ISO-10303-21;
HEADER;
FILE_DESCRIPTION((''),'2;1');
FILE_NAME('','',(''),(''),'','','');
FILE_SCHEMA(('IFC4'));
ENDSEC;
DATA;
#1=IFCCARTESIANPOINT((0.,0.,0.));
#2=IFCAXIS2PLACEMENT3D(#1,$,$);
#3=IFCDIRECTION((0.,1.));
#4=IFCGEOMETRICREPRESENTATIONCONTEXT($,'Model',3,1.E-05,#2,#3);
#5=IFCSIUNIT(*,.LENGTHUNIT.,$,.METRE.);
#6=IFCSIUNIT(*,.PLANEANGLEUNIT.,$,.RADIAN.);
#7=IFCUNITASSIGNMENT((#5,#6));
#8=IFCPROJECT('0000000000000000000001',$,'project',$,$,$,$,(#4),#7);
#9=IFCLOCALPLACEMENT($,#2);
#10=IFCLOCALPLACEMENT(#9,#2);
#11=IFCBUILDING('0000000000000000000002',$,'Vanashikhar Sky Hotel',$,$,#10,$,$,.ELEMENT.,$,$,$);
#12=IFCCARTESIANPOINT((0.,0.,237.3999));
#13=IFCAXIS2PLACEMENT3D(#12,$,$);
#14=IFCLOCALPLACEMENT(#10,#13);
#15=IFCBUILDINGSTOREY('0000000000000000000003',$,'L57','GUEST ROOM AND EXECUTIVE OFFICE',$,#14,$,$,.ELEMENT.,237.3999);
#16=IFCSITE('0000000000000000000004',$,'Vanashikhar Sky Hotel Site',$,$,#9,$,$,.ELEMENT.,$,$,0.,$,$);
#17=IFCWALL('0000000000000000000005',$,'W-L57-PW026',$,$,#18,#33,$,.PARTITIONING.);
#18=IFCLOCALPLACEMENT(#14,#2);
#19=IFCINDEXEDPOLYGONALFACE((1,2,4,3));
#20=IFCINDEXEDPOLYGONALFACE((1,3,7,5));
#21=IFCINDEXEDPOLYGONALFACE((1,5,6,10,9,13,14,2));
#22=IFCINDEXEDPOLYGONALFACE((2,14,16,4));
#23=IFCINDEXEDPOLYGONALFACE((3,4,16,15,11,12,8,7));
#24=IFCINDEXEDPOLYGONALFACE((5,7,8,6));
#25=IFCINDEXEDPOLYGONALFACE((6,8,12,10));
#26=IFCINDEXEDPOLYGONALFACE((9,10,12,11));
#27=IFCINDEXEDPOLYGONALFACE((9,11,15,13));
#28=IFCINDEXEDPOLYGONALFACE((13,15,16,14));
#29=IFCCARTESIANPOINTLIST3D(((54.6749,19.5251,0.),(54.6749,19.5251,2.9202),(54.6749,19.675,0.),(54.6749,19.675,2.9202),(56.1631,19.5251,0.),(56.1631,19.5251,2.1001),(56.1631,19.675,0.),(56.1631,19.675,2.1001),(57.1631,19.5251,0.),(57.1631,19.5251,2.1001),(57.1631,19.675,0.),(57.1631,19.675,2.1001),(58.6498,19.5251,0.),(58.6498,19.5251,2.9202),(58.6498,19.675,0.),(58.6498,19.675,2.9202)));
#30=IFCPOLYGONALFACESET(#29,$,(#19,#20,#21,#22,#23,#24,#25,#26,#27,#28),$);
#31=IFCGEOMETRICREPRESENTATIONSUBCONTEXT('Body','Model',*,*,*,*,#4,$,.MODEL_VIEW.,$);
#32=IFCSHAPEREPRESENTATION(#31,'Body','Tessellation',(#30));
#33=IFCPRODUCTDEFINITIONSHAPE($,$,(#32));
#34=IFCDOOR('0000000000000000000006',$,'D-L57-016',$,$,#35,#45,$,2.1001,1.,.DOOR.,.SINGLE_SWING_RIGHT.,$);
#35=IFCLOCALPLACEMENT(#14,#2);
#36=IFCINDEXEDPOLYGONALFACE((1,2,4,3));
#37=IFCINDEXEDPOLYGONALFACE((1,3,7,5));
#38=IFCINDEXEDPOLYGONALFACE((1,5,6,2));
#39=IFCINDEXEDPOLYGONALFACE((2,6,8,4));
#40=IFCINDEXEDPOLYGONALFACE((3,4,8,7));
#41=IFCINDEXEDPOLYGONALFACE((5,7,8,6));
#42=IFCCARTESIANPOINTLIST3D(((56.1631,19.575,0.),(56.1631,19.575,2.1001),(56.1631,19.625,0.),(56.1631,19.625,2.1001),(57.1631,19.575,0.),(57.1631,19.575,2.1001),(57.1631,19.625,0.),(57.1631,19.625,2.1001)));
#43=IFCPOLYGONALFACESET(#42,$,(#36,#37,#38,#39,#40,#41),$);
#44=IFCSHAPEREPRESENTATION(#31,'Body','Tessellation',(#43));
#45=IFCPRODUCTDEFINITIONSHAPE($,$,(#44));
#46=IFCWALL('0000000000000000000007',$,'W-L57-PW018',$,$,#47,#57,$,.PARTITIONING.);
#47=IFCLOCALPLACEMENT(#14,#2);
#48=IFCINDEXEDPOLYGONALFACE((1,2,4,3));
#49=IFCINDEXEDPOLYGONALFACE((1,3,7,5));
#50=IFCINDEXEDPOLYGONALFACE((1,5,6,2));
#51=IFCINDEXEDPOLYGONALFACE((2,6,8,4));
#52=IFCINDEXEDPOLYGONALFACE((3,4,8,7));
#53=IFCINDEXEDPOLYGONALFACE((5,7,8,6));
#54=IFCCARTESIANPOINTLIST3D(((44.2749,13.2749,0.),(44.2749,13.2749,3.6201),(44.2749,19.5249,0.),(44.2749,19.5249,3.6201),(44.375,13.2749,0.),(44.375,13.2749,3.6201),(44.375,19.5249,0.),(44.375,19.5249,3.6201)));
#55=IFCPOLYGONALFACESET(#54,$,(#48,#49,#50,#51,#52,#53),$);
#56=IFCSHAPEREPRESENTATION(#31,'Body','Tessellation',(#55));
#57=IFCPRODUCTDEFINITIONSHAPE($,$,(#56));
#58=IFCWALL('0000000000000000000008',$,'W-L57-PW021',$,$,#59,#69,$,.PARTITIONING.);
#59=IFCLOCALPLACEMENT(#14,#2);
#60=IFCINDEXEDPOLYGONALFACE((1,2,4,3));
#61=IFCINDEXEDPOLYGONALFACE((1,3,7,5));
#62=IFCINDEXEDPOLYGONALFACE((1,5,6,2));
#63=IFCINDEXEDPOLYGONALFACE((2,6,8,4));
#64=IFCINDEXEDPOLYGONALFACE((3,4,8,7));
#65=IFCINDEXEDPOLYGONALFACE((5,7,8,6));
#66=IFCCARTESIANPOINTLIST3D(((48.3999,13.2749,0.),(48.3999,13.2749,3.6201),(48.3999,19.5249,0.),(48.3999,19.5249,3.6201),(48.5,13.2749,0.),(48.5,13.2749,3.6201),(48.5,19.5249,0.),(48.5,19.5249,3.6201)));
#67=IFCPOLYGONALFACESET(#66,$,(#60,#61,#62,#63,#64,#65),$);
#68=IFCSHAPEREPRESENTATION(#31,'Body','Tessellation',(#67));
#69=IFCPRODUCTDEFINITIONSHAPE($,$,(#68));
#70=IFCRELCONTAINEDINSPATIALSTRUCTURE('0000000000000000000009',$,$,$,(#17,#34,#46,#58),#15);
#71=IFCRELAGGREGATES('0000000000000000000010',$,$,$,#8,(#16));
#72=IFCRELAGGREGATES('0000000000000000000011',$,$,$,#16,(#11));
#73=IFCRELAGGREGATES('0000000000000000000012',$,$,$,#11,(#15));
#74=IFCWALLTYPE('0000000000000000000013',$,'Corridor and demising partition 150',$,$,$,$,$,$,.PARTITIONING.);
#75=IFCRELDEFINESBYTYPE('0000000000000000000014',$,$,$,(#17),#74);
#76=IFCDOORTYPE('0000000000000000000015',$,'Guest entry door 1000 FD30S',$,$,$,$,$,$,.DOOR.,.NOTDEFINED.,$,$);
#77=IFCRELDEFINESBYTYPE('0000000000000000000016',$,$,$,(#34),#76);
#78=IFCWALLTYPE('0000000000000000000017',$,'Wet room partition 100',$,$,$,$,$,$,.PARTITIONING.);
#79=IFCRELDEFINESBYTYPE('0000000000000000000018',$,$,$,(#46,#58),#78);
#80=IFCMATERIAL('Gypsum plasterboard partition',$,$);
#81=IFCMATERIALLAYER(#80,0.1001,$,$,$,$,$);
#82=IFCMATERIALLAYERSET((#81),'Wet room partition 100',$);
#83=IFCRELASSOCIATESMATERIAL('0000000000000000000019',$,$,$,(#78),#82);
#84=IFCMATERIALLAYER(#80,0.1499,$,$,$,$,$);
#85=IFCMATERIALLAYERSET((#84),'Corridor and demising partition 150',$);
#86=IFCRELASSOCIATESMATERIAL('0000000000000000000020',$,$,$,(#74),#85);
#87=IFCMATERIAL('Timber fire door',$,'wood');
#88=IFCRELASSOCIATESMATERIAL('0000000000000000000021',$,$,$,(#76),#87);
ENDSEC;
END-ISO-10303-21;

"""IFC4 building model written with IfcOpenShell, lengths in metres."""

from ifc_helpers import new_model, si_unit, direction, frame, frame_2d, origin, place, context, subcontext, project, spatial, rectangle, extrude, source, transform, mapped, material, layer, layer_set, type_object, element, fill, save


model = new_model("IFC4")

# Units and contexts
model_context = context("Model", 3, precision=1e-05, world=origin(), true_north=direction((0.0, 1.0)))
body_context = subcontext(model_context, "Body", "Model", "MODEL_VIEW")
ifc_project = project(units=[si_unit("LENGTHUNIT", "METRE"), si_unit("PLANEANGLEUNIT", "RADIAN")], contexts=[model_context])

# Site, building, storey
site_placement = place(None, origin())
site = spatial("IfcSite", under=ifc_project, at=site_placement, Name="Vanashikhar Sky Hotel Site", CompositionType="ELEMENT", RefElevation=0.0)
building_placement = place(site_placement, origin())
building = spatial("IfcBuilding", under=site, at=building_placement, Name="Vanashikhar Sky Hotel", CompositionType="ELEMENT")
storey_placement = place(building_placement, frame((0.0, 0.0, 237.3999)))
storey = spatial("IfcBuildingStorey", under=building, at=storey_placement, Name="L57", Description="GUEST ROOM AND EXECUTIVE OFFICE", CompositionType="ELEMENT", Elevation=237.3999)

# Wall, opening, door
ifc_material_1 = material(Name="Gypsum plasterboard partition")
ifc_layer_1 = layer(ifc_material_1, 0.1001)
ifc_layer_set_1 = layer_set([ifc_layer_1], Name="Wet room partition 100")
wall_type_1 = type_object("IfcWallType", Name="Wet room partition 100", PredefinedType="PARTITIONING", material=ifc_layer_set_1)
ifc_layer_2 = layer(ifc_material_1, 0.1499)
ifc_layer_set_2 = layer_set([ifc_layer_2], Name="Corridor and demising partition 150")
wall_type_2 = type_object("IfcWallType", Name="Corridor and demising partition 150", PredefinedType="PARTITIONING", material=ifc_layer_set_2)
shared_shape_1 = source(origin(), body_context, "Body", "SweptSolid", [
    extrude(rectangle(XDim=1.0, YDim=2.1001, at=frame_2d((0.5, 1.05))), frame((0.0, 0.085, 0.0), z_axis=(0.0, -1.0, 0.0), x_axis=(1.0, 0.0, 0.0)), (0.0, 0.0, 1.0), 0.1699),
])
ifc_material_2 = material(Name="Timber fire door", Category="wood")
door_type_1 = type_object("IfcDoorType", Name="Guest entry door 1000 FD30S", OperationType="NOTDEFINED", PredefinedType="DOOR", material=ifc_material_2)
shared_shape_2 = source(origin(), body_context, "Body", "SweptSolid", [
    extrude(rectangle(XDim=1.0, YDim=2.1001, at=frame_2d((0.5, 1.05))), frame((0.0, 0.0249, 0.0), z_axis=(0.0, -1.0, 0.0), x_axis=(1.0, 0.0, 0.0)), (0.0, 0.0, 1.0), 0.05),
])
shared_shape_3 = source(origin(), body_context, "Body", "SweptSolid", [
    extrude(rectangle(XDim=3.9749, YDim=0.1499, at=frame_2d((1.9873, 0.0))), origin(), (0.0, 0.0, 1.0), 2.9202),
])
wall_1_placement = place(storey_placement, frame((54.675, 19.6001, 0.0), z_axis=(0.0, 0.0, 1.0), x_axis=(1.0, 0.0, 0.0)))
wall_1 = element("IfcWall", 1, at=wall_1_placement, inside=storey, type_object=wall_type_2, Name="W-L57-PW026", PredefinedType="PARTITIONING", context=body_context, shape_type="MappedRepresentation", body=[
    mapped(shared_shape_3, transform((0.0, 0.0, 0.0), scale=1.0)),
])
opening_1_placement = place(wall_1_placement, frame((1.488, 0.0, 0.0)))
opening_1 = element("IfcOpeningElement", 2, at=opening_1_placement, cuts=wall_1, PredefinedType="OPENING", context=body_context, shape_type="MappedRepresentation", body=[
    mapped(shared_shape_1, transform((0.0, 0.0, 0.0), scale=1.0)),
])
door_1_placement = place(opening_1_placement, origin())
door_1 = element("IfcDoor", 3, at=door_1_placement, inside=storey, type_object=door_type_1, Name="D-L57-016", OperationType="SINGLE_SWING_RIGHT", OverallHeight=2.1001, OverallWidth=1.0, PredefinedType="DOOR", context=body_context, shape_type="MappedRepresentation", body=[
    mapped(shared_shape_2, transform((0.0, 0.0, 0.0), scale=1.0)),
])
fill(opening_1, door_1)

# Walls
shared_shape_4 = source(origin(), body_context, "Body", "SweptSolid", [
    extrude(rectangle(XDim=6.25, YDim=0.1001, at=frame_2d((3.125, 0.0))), origin(), (0.0, 0.0, 1.0), 3.6201),
])
for number, where, z_axis, x_axis, name in (
    (4, (44.325, 13.2749, 0.0), (0.0, 0.0, 1.0), (0.0, 1.0, 0.0), "W-L57-PW018"),
    (5, (48.45, 13.2749, 0.0), (0.0, 0.0, 1.0), (0.0, 1.0, 0.0), "W-L57-PW021"),
):
    element("IfcWall", number, at=place(storey_placement, frame(where, z_axis=z_axis, x_axis=x_axis)), inside=storey, type_object=wall_type_1, Name=name, PredefinedType="PARTITIONING", context=body_context, shape_type="MappedRepresentation", body=[
        mapped(shared_shape_4, transform((0.0, 0.0, 0.0), scale=1.0)),
    ])

save(model, "model.ifc")
